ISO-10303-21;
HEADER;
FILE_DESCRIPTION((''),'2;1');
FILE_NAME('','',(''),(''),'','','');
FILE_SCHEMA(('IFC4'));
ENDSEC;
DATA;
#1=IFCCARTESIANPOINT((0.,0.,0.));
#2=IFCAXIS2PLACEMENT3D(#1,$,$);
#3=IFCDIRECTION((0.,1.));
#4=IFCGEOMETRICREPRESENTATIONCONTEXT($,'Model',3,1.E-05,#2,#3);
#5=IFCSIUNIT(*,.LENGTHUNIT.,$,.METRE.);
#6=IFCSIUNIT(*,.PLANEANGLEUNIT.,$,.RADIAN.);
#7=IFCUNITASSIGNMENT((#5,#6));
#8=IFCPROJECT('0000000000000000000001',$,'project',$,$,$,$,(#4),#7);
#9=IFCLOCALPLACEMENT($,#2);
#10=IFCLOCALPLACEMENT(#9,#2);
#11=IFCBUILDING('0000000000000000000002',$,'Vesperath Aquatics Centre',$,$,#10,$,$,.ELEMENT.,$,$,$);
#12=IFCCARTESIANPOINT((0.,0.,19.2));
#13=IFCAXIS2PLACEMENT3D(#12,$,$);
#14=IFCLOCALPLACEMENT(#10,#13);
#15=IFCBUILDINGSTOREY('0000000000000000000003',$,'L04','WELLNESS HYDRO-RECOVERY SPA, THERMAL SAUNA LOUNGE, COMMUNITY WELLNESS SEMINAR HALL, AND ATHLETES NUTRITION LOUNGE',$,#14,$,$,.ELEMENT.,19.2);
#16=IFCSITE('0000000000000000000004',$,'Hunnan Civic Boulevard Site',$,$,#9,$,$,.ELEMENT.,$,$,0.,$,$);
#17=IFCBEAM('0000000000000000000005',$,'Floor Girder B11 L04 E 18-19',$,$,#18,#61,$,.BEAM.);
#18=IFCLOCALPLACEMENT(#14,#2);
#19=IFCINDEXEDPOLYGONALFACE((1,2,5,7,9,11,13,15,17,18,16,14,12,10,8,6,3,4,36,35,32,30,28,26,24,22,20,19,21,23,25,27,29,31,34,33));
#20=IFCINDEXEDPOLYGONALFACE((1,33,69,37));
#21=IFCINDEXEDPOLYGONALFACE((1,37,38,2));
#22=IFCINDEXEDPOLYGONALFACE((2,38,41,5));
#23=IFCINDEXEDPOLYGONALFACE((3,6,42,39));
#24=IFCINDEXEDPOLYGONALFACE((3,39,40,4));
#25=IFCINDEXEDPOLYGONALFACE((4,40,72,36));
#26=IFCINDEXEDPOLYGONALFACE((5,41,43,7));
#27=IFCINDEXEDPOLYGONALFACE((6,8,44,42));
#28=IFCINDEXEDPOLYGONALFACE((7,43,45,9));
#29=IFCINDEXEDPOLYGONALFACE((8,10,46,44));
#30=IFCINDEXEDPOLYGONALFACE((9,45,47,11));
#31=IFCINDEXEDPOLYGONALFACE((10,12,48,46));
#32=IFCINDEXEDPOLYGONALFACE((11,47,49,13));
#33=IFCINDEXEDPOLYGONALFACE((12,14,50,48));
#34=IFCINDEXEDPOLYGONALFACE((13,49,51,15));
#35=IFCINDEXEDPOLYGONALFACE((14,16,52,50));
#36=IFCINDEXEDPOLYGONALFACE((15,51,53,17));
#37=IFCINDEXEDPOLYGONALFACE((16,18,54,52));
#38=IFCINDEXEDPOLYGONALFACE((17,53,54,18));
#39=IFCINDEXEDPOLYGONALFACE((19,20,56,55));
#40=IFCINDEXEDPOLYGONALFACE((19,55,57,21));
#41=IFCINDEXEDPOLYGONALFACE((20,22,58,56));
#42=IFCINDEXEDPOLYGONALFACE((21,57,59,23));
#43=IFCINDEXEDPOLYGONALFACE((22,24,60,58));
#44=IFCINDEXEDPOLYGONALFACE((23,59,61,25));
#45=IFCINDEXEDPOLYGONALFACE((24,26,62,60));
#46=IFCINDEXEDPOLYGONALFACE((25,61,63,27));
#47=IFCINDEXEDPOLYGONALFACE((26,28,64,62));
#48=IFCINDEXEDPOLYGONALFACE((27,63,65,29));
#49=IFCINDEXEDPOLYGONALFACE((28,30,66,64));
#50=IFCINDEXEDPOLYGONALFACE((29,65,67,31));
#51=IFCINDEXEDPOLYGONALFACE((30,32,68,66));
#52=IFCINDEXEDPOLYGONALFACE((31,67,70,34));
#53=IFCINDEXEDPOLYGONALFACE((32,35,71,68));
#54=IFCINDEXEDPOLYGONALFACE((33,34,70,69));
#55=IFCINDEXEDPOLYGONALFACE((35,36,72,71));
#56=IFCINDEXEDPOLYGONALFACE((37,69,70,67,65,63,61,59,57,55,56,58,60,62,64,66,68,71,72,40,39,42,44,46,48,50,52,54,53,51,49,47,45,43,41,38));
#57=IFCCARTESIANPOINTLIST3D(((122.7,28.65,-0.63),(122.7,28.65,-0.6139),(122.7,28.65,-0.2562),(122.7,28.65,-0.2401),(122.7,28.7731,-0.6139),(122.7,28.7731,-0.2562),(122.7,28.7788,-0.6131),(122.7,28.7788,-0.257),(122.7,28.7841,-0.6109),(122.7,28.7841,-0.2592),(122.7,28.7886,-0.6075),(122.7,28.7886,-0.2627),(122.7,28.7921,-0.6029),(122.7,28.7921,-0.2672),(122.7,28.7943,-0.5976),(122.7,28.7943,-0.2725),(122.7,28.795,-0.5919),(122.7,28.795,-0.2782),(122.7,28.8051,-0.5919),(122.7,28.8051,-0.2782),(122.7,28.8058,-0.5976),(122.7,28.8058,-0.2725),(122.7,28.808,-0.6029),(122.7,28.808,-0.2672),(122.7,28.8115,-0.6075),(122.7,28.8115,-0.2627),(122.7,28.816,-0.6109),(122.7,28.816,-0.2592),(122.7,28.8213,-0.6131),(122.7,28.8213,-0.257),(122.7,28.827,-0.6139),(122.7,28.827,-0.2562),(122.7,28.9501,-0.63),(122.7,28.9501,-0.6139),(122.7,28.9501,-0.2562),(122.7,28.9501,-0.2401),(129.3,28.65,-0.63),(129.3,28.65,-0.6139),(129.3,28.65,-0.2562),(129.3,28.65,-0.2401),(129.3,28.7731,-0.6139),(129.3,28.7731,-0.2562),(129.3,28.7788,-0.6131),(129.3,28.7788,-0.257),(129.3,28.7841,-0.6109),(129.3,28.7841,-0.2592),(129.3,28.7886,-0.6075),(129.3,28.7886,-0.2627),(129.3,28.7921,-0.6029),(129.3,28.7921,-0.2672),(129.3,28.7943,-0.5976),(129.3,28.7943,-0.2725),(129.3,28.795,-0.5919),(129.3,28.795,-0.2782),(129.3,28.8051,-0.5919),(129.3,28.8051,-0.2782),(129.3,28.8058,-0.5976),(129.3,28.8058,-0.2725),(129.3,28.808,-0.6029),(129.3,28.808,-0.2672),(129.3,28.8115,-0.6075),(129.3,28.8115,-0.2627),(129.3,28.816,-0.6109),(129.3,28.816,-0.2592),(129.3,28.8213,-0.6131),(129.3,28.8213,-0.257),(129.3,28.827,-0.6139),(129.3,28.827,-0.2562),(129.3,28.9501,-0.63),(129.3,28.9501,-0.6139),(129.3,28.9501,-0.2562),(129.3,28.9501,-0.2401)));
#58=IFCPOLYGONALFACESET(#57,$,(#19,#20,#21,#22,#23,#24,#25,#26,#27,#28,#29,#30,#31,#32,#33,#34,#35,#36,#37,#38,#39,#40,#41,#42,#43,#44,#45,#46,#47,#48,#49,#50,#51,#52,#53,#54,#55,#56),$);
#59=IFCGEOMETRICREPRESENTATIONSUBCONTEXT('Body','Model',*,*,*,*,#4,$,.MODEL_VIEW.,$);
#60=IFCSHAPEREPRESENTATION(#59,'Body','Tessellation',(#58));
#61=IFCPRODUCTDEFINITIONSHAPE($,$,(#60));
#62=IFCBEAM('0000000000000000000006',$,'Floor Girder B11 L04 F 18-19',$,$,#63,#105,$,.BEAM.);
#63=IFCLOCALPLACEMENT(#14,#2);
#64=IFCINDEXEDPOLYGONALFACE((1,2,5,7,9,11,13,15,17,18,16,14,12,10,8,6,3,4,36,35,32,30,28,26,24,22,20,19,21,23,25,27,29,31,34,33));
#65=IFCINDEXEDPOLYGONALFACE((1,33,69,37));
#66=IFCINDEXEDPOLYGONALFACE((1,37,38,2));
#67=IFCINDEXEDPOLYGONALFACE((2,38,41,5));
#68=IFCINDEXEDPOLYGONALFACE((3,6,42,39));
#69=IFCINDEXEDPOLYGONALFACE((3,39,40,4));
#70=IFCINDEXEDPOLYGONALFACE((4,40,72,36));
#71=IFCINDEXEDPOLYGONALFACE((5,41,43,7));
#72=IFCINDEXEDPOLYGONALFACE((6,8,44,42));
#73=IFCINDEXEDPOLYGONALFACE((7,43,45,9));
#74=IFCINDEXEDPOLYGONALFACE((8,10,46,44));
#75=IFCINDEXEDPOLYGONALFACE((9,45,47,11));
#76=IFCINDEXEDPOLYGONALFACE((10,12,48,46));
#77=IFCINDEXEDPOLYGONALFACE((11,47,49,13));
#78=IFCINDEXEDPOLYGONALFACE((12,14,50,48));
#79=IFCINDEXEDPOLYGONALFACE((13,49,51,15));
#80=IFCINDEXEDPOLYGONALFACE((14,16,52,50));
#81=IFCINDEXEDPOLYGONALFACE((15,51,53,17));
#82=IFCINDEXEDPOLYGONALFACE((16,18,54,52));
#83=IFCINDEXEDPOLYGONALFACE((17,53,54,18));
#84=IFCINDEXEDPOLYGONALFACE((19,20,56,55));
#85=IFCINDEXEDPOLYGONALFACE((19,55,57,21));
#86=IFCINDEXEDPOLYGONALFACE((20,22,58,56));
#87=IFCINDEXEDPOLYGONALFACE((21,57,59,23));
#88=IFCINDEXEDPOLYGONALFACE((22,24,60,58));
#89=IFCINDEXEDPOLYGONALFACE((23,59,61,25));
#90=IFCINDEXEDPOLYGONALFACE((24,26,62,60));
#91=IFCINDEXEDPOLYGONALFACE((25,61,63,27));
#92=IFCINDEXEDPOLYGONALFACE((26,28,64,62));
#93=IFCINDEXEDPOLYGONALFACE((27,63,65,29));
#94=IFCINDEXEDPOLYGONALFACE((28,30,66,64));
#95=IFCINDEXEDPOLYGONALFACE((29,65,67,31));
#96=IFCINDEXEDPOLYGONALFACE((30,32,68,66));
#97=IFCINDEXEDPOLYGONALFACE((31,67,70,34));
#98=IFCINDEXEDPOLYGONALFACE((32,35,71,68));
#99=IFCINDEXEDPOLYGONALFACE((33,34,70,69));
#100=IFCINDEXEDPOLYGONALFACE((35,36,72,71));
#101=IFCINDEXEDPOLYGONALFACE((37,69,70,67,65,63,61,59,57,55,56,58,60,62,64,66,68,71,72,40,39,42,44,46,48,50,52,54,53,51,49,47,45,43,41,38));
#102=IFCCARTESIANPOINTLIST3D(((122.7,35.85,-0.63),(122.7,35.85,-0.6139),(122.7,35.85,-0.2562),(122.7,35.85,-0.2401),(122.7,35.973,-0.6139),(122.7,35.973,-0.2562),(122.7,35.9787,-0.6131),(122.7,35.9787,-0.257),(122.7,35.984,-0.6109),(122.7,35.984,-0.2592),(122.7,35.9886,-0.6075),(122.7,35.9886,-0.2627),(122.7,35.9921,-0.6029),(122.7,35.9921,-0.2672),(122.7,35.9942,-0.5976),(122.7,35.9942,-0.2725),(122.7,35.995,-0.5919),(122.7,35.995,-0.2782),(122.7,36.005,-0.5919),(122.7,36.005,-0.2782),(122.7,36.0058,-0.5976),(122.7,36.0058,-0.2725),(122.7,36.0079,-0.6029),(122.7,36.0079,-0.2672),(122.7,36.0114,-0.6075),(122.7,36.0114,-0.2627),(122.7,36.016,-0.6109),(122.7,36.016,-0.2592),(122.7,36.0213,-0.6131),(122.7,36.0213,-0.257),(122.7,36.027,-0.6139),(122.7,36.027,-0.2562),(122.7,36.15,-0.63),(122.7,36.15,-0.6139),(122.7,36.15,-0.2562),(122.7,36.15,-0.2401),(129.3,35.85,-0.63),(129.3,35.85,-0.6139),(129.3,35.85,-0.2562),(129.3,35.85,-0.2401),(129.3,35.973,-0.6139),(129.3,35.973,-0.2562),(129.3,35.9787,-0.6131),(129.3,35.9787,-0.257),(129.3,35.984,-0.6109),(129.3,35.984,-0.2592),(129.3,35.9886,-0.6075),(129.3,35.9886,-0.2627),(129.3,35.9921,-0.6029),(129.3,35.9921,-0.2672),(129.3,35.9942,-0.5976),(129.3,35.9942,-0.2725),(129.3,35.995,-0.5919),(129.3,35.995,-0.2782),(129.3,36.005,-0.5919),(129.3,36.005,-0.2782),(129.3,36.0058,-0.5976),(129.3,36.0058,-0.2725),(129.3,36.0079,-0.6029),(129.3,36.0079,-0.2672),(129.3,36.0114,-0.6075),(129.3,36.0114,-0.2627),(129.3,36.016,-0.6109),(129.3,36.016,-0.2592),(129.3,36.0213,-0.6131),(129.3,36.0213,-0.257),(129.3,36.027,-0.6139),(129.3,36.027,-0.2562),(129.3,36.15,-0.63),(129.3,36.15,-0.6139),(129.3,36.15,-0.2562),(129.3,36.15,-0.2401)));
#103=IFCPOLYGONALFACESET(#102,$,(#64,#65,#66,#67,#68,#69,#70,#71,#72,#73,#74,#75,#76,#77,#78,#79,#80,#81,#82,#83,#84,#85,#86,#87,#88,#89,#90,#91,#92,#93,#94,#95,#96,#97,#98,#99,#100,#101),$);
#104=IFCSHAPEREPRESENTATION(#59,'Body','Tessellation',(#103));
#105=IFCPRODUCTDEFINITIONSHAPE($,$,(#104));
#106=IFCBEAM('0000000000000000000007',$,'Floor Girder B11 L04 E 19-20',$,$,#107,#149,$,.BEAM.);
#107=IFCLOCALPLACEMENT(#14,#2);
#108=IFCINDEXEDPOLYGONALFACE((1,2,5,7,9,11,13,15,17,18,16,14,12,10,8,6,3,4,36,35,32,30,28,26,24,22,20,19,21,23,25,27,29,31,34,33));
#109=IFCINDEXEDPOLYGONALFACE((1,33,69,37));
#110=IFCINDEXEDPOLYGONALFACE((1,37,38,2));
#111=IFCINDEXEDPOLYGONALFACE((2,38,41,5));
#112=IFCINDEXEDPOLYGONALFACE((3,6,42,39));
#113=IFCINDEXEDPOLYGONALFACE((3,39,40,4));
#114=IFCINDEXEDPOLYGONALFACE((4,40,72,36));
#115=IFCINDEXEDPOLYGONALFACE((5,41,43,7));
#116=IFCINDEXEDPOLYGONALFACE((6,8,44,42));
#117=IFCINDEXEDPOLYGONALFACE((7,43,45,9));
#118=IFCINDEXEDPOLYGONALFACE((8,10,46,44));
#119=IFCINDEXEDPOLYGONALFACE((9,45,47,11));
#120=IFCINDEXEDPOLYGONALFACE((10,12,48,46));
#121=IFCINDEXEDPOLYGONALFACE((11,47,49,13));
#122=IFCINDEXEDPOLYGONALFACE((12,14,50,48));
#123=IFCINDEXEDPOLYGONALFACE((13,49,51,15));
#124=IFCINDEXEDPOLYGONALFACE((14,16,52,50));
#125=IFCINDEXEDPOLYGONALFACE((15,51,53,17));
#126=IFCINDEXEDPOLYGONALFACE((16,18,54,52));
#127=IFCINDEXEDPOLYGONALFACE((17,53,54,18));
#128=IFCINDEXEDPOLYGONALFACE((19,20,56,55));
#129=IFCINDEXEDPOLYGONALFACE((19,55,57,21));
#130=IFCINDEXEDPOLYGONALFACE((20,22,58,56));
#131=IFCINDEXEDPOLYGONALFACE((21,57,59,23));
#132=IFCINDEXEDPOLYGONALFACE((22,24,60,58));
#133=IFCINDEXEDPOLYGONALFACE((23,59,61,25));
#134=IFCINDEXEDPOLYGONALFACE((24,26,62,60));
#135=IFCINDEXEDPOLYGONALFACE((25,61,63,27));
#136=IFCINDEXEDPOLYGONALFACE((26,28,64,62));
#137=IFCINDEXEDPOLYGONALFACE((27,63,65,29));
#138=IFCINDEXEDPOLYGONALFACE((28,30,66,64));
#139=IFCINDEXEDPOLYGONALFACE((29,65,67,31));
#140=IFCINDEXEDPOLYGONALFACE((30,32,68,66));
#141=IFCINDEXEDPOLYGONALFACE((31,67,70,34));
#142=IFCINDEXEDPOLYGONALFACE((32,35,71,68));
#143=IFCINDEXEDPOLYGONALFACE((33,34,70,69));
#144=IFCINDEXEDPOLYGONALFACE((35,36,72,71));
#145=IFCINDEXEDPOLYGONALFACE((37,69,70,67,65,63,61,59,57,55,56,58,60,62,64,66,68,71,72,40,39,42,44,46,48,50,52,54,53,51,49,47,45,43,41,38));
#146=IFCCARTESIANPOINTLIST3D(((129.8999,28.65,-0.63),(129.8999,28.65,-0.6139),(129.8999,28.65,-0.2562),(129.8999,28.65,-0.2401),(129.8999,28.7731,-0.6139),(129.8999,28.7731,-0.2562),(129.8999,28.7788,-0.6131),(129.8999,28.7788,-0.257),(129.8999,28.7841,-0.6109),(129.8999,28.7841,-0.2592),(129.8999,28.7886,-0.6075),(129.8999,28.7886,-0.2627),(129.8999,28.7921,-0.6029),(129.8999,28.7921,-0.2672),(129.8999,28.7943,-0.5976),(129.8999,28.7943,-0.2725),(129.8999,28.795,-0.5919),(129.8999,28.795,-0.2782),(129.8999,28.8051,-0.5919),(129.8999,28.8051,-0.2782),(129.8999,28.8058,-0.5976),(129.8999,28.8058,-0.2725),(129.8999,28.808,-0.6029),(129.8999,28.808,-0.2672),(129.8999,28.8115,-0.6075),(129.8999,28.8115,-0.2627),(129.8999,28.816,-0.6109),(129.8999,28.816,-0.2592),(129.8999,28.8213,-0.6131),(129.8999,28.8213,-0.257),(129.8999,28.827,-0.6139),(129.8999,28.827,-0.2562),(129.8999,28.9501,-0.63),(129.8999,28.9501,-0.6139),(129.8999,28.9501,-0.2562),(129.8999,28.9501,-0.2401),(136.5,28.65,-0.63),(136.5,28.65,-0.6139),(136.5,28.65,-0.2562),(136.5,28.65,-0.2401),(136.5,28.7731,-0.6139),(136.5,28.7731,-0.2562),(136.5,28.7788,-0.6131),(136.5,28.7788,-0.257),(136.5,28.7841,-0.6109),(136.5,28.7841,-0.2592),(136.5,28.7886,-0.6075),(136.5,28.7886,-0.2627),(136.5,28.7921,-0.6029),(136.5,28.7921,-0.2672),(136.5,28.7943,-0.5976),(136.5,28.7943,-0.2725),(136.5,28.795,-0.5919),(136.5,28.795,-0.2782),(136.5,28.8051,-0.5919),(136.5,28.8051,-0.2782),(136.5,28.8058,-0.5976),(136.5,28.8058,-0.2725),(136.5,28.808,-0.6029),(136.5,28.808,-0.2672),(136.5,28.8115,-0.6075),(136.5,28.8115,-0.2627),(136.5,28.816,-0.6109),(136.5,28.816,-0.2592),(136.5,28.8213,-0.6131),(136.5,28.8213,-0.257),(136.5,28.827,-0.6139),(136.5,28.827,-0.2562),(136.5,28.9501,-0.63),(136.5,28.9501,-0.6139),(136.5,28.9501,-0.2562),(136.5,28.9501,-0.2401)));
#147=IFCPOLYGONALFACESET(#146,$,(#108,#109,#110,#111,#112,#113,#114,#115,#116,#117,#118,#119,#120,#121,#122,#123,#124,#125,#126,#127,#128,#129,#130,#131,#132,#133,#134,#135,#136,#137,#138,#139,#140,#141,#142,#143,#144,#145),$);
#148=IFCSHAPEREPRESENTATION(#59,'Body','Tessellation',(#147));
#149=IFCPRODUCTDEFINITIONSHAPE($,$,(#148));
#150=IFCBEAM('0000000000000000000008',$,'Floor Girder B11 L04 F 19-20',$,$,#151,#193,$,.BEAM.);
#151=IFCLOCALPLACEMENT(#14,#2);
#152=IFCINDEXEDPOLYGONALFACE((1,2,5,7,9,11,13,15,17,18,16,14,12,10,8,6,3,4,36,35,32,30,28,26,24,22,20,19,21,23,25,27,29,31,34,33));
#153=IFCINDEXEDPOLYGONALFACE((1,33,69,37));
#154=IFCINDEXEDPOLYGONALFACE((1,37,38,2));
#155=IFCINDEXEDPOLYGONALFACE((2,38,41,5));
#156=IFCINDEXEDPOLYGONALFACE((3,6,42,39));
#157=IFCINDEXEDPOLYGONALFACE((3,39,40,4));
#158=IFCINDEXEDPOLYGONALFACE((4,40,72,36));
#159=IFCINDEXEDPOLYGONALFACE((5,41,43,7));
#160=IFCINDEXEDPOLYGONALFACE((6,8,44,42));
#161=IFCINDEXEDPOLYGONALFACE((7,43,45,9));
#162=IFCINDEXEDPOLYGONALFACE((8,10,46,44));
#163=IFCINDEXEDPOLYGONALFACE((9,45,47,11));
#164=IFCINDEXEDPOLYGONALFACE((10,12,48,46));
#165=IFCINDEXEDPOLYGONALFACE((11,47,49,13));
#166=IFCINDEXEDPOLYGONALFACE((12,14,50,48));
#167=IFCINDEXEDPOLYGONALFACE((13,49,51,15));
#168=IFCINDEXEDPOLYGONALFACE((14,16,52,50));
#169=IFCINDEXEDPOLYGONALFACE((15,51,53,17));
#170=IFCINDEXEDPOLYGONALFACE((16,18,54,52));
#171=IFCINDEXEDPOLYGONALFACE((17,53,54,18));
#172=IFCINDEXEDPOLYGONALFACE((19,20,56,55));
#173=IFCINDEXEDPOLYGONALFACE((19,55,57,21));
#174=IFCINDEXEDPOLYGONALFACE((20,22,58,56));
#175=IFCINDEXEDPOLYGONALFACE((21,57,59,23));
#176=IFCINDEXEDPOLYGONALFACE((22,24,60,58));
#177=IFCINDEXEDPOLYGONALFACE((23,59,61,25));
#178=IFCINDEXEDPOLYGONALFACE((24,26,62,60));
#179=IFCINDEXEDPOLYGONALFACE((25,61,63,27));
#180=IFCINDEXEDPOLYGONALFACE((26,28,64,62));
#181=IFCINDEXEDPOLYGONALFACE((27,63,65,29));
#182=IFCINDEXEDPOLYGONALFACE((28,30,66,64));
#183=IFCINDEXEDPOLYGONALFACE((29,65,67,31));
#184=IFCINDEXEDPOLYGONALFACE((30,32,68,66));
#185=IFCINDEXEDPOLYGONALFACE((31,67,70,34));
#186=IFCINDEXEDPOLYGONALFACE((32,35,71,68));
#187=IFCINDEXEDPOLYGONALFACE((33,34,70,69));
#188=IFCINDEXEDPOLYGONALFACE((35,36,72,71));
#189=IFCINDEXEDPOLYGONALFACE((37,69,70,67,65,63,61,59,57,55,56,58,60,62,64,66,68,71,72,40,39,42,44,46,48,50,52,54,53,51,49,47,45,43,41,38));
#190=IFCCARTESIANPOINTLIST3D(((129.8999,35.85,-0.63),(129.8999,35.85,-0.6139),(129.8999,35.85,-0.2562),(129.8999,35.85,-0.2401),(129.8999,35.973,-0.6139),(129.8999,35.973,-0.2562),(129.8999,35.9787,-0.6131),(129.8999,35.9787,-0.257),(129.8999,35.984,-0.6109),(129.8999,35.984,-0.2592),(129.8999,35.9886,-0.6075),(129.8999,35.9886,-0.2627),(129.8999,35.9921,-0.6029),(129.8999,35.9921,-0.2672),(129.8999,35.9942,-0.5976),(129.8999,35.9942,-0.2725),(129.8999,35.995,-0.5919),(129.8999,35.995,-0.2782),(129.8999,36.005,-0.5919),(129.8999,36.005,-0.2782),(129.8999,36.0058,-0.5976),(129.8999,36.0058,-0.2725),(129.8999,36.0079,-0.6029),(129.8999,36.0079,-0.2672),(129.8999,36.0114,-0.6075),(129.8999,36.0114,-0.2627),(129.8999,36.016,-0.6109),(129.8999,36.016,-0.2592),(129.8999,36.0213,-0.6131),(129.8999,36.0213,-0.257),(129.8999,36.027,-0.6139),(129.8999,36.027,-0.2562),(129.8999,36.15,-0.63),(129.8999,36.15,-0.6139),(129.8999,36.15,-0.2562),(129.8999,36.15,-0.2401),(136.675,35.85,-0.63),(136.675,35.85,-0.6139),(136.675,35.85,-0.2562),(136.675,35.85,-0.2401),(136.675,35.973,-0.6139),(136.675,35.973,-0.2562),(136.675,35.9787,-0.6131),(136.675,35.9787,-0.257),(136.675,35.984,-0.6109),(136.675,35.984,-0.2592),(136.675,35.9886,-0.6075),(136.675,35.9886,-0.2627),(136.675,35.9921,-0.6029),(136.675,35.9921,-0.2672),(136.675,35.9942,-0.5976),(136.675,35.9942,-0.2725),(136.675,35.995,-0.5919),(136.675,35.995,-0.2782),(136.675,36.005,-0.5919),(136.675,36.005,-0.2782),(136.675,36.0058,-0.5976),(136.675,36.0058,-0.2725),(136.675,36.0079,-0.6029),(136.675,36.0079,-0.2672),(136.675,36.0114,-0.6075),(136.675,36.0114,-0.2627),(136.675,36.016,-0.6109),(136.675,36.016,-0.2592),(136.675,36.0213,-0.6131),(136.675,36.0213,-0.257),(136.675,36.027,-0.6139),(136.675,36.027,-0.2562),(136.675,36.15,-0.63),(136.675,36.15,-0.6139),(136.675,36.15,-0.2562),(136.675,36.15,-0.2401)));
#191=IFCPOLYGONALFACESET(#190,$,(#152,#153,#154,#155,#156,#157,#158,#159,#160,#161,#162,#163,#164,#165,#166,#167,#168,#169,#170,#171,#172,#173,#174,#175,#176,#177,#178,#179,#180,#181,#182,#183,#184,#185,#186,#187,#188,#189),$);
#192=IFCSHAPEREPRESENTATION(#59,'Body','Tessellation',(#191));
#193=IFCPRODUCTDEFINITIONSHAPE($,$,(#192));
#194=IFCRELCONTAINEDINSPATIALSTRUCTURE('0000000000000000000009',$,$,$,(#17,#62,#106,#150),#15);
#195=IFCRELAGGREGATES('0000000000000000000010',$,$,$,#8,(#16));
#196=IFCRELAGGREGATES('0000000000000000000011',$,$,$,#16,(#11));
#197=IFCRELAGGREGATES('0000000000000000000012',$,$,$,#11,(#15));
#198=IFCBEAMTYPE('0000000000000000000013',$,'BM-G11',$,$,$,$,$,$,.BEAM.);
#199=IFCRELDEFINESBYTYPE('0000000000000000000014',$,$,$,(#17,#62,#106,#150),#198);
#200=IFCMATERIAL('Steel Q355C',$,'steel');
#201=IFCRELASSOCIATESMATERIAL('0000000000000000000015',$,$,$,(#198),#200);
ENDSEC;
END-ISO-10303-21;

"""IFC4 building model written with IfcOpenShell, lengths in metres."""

from ifc_helpers import new_model, si_unit, direction, frame, origin, origin_2d, place, context, subcontext, project, spatial, i_section, extrude, material, material_profile, profile_set, type_object, element, save


model = new_model("IFC4")

# Units and contexts
model_context = context("Model", 3, precision=1e-05, world=origin(), true_north=direction((0.0, 1.0)))
body_context = subcontext(model_context, "Body", "Model", "MODEL_VIEW")
ifc_project = project(units=[si_unit("LENGTHUNIT", "METRE"), si_unit("PLANEANGLEUNIT", "RADIAN")], contexts=[model_context])

# Site, building, storey
site_placement = place(None, origin())
site = spatial("IfcSite", under=ifc_project, at=site_placement, Name="Hunnan Civic Boulevard Site", CompositionType="ELEMENT", RefElevation=0.0)
building_placement = place(site_placement, origin())
building = spatial("IfcBuilding", under=site, at=building_placement, Name="Vesperath Aquatics Centre", CompositionType="ELEMENT")
storey_placement = place(building_placement, frame((0.0, 0.0, 19.2)))
storey = spatial("IfcBuildingStorey", under=building, at=storey_placement, Name="L04", Description="WELLNESS HYDRO-RECOVERY SPA, THERMAL SAUNA LOUNGE, COMMUNITY WELLNESS SEMINAR HALL, AND ATHLETES NUTRITION LOUNGE", CompositionType="ELEMENT", Elevation=19.2)

# Shared definitions
ifc_material_1 = material(Name="Steel Q355C", Category="steel")

# Beams
ifc_material_profile_1 = material_profile(ifc_material_1, i_section(OverallWidth=0.3, OverallDepth=0.3899, WebThickness=0.01, FlangeThickness=0.0161, FilletRadius=0.022, at=origin_2d()), Name="HM 390x300x10x16")
ifc_profile_set_1 = profile_set([ifc_material_profile_1], Name="Steel Q355C")
beam_type_1 = type_object("IfcBeamType", Name="BM-G11", PredefinedType="BEAM", material=ifc_profile_set_1)
for number, where, z_axis, x_axis, name in (
    (1, (122.7, 28.8, -0.4351), (1.0, 0.0, 0.0), (0.0, 1.0, 0.0), "Floor Girder B11 L04 E 18-19"),
    (2, (122.7, 36.0, -0.4351), (1.0, 0.0, 0.0), (0.0, 1.0, 0.0), "Floor Girder B11 L04 F 18-19"),
    (3, (129.8999, 28.8, -0.4351), (1.0, 0.0, 0.0), (0.0, 1.0, 0.0), "Floor Girder B11 L04 E 19-20"),
):
    element("IfcBeam", number, at=place(storey_placement, frame(where, z_axis=z_axis, x_axis=x_axis)), inside=storey, type_object=beam_type_1, Name=name, PredefinedType="BEAM", context=body_context, shape_type="SweptSolid", body=[
        extrude(i_section(OverallWidth=0.3, OverallDepth=0.3899, WebThickness=0.01, FlangeThickness=0.0161, FilletRadius=0.022, at=origin_2d()), origin(), (0.0, 0.0, 1.0), 6.6001),
    ])
beam_1_placement = place(storey_placement, frame((129.8999, 36.0, -0.4351), z_axis=(1.0, 0.0, 0.0), x_axis=(0.0, 1.0, 0.0)))
element("IfcBeam", 4, at=beam_1_placement, inside=storey, type_object=beam_type_1, Name="Floor Girder B11 L04 F 19-20", PredefinedType="BEAM", context=body_context, shape_type="SweptSolid", body=[
    extrude(i_section(OverallWidth=0.3, OverallDepth=0.3899, WebThickness=0.01, FlangeThickness=0.0161, FilletRadius=0.022, at=origin_2d()), origin(), (0.0, 0.0, 1.0), 6.7751),
])

save(model, "model.ifc")
